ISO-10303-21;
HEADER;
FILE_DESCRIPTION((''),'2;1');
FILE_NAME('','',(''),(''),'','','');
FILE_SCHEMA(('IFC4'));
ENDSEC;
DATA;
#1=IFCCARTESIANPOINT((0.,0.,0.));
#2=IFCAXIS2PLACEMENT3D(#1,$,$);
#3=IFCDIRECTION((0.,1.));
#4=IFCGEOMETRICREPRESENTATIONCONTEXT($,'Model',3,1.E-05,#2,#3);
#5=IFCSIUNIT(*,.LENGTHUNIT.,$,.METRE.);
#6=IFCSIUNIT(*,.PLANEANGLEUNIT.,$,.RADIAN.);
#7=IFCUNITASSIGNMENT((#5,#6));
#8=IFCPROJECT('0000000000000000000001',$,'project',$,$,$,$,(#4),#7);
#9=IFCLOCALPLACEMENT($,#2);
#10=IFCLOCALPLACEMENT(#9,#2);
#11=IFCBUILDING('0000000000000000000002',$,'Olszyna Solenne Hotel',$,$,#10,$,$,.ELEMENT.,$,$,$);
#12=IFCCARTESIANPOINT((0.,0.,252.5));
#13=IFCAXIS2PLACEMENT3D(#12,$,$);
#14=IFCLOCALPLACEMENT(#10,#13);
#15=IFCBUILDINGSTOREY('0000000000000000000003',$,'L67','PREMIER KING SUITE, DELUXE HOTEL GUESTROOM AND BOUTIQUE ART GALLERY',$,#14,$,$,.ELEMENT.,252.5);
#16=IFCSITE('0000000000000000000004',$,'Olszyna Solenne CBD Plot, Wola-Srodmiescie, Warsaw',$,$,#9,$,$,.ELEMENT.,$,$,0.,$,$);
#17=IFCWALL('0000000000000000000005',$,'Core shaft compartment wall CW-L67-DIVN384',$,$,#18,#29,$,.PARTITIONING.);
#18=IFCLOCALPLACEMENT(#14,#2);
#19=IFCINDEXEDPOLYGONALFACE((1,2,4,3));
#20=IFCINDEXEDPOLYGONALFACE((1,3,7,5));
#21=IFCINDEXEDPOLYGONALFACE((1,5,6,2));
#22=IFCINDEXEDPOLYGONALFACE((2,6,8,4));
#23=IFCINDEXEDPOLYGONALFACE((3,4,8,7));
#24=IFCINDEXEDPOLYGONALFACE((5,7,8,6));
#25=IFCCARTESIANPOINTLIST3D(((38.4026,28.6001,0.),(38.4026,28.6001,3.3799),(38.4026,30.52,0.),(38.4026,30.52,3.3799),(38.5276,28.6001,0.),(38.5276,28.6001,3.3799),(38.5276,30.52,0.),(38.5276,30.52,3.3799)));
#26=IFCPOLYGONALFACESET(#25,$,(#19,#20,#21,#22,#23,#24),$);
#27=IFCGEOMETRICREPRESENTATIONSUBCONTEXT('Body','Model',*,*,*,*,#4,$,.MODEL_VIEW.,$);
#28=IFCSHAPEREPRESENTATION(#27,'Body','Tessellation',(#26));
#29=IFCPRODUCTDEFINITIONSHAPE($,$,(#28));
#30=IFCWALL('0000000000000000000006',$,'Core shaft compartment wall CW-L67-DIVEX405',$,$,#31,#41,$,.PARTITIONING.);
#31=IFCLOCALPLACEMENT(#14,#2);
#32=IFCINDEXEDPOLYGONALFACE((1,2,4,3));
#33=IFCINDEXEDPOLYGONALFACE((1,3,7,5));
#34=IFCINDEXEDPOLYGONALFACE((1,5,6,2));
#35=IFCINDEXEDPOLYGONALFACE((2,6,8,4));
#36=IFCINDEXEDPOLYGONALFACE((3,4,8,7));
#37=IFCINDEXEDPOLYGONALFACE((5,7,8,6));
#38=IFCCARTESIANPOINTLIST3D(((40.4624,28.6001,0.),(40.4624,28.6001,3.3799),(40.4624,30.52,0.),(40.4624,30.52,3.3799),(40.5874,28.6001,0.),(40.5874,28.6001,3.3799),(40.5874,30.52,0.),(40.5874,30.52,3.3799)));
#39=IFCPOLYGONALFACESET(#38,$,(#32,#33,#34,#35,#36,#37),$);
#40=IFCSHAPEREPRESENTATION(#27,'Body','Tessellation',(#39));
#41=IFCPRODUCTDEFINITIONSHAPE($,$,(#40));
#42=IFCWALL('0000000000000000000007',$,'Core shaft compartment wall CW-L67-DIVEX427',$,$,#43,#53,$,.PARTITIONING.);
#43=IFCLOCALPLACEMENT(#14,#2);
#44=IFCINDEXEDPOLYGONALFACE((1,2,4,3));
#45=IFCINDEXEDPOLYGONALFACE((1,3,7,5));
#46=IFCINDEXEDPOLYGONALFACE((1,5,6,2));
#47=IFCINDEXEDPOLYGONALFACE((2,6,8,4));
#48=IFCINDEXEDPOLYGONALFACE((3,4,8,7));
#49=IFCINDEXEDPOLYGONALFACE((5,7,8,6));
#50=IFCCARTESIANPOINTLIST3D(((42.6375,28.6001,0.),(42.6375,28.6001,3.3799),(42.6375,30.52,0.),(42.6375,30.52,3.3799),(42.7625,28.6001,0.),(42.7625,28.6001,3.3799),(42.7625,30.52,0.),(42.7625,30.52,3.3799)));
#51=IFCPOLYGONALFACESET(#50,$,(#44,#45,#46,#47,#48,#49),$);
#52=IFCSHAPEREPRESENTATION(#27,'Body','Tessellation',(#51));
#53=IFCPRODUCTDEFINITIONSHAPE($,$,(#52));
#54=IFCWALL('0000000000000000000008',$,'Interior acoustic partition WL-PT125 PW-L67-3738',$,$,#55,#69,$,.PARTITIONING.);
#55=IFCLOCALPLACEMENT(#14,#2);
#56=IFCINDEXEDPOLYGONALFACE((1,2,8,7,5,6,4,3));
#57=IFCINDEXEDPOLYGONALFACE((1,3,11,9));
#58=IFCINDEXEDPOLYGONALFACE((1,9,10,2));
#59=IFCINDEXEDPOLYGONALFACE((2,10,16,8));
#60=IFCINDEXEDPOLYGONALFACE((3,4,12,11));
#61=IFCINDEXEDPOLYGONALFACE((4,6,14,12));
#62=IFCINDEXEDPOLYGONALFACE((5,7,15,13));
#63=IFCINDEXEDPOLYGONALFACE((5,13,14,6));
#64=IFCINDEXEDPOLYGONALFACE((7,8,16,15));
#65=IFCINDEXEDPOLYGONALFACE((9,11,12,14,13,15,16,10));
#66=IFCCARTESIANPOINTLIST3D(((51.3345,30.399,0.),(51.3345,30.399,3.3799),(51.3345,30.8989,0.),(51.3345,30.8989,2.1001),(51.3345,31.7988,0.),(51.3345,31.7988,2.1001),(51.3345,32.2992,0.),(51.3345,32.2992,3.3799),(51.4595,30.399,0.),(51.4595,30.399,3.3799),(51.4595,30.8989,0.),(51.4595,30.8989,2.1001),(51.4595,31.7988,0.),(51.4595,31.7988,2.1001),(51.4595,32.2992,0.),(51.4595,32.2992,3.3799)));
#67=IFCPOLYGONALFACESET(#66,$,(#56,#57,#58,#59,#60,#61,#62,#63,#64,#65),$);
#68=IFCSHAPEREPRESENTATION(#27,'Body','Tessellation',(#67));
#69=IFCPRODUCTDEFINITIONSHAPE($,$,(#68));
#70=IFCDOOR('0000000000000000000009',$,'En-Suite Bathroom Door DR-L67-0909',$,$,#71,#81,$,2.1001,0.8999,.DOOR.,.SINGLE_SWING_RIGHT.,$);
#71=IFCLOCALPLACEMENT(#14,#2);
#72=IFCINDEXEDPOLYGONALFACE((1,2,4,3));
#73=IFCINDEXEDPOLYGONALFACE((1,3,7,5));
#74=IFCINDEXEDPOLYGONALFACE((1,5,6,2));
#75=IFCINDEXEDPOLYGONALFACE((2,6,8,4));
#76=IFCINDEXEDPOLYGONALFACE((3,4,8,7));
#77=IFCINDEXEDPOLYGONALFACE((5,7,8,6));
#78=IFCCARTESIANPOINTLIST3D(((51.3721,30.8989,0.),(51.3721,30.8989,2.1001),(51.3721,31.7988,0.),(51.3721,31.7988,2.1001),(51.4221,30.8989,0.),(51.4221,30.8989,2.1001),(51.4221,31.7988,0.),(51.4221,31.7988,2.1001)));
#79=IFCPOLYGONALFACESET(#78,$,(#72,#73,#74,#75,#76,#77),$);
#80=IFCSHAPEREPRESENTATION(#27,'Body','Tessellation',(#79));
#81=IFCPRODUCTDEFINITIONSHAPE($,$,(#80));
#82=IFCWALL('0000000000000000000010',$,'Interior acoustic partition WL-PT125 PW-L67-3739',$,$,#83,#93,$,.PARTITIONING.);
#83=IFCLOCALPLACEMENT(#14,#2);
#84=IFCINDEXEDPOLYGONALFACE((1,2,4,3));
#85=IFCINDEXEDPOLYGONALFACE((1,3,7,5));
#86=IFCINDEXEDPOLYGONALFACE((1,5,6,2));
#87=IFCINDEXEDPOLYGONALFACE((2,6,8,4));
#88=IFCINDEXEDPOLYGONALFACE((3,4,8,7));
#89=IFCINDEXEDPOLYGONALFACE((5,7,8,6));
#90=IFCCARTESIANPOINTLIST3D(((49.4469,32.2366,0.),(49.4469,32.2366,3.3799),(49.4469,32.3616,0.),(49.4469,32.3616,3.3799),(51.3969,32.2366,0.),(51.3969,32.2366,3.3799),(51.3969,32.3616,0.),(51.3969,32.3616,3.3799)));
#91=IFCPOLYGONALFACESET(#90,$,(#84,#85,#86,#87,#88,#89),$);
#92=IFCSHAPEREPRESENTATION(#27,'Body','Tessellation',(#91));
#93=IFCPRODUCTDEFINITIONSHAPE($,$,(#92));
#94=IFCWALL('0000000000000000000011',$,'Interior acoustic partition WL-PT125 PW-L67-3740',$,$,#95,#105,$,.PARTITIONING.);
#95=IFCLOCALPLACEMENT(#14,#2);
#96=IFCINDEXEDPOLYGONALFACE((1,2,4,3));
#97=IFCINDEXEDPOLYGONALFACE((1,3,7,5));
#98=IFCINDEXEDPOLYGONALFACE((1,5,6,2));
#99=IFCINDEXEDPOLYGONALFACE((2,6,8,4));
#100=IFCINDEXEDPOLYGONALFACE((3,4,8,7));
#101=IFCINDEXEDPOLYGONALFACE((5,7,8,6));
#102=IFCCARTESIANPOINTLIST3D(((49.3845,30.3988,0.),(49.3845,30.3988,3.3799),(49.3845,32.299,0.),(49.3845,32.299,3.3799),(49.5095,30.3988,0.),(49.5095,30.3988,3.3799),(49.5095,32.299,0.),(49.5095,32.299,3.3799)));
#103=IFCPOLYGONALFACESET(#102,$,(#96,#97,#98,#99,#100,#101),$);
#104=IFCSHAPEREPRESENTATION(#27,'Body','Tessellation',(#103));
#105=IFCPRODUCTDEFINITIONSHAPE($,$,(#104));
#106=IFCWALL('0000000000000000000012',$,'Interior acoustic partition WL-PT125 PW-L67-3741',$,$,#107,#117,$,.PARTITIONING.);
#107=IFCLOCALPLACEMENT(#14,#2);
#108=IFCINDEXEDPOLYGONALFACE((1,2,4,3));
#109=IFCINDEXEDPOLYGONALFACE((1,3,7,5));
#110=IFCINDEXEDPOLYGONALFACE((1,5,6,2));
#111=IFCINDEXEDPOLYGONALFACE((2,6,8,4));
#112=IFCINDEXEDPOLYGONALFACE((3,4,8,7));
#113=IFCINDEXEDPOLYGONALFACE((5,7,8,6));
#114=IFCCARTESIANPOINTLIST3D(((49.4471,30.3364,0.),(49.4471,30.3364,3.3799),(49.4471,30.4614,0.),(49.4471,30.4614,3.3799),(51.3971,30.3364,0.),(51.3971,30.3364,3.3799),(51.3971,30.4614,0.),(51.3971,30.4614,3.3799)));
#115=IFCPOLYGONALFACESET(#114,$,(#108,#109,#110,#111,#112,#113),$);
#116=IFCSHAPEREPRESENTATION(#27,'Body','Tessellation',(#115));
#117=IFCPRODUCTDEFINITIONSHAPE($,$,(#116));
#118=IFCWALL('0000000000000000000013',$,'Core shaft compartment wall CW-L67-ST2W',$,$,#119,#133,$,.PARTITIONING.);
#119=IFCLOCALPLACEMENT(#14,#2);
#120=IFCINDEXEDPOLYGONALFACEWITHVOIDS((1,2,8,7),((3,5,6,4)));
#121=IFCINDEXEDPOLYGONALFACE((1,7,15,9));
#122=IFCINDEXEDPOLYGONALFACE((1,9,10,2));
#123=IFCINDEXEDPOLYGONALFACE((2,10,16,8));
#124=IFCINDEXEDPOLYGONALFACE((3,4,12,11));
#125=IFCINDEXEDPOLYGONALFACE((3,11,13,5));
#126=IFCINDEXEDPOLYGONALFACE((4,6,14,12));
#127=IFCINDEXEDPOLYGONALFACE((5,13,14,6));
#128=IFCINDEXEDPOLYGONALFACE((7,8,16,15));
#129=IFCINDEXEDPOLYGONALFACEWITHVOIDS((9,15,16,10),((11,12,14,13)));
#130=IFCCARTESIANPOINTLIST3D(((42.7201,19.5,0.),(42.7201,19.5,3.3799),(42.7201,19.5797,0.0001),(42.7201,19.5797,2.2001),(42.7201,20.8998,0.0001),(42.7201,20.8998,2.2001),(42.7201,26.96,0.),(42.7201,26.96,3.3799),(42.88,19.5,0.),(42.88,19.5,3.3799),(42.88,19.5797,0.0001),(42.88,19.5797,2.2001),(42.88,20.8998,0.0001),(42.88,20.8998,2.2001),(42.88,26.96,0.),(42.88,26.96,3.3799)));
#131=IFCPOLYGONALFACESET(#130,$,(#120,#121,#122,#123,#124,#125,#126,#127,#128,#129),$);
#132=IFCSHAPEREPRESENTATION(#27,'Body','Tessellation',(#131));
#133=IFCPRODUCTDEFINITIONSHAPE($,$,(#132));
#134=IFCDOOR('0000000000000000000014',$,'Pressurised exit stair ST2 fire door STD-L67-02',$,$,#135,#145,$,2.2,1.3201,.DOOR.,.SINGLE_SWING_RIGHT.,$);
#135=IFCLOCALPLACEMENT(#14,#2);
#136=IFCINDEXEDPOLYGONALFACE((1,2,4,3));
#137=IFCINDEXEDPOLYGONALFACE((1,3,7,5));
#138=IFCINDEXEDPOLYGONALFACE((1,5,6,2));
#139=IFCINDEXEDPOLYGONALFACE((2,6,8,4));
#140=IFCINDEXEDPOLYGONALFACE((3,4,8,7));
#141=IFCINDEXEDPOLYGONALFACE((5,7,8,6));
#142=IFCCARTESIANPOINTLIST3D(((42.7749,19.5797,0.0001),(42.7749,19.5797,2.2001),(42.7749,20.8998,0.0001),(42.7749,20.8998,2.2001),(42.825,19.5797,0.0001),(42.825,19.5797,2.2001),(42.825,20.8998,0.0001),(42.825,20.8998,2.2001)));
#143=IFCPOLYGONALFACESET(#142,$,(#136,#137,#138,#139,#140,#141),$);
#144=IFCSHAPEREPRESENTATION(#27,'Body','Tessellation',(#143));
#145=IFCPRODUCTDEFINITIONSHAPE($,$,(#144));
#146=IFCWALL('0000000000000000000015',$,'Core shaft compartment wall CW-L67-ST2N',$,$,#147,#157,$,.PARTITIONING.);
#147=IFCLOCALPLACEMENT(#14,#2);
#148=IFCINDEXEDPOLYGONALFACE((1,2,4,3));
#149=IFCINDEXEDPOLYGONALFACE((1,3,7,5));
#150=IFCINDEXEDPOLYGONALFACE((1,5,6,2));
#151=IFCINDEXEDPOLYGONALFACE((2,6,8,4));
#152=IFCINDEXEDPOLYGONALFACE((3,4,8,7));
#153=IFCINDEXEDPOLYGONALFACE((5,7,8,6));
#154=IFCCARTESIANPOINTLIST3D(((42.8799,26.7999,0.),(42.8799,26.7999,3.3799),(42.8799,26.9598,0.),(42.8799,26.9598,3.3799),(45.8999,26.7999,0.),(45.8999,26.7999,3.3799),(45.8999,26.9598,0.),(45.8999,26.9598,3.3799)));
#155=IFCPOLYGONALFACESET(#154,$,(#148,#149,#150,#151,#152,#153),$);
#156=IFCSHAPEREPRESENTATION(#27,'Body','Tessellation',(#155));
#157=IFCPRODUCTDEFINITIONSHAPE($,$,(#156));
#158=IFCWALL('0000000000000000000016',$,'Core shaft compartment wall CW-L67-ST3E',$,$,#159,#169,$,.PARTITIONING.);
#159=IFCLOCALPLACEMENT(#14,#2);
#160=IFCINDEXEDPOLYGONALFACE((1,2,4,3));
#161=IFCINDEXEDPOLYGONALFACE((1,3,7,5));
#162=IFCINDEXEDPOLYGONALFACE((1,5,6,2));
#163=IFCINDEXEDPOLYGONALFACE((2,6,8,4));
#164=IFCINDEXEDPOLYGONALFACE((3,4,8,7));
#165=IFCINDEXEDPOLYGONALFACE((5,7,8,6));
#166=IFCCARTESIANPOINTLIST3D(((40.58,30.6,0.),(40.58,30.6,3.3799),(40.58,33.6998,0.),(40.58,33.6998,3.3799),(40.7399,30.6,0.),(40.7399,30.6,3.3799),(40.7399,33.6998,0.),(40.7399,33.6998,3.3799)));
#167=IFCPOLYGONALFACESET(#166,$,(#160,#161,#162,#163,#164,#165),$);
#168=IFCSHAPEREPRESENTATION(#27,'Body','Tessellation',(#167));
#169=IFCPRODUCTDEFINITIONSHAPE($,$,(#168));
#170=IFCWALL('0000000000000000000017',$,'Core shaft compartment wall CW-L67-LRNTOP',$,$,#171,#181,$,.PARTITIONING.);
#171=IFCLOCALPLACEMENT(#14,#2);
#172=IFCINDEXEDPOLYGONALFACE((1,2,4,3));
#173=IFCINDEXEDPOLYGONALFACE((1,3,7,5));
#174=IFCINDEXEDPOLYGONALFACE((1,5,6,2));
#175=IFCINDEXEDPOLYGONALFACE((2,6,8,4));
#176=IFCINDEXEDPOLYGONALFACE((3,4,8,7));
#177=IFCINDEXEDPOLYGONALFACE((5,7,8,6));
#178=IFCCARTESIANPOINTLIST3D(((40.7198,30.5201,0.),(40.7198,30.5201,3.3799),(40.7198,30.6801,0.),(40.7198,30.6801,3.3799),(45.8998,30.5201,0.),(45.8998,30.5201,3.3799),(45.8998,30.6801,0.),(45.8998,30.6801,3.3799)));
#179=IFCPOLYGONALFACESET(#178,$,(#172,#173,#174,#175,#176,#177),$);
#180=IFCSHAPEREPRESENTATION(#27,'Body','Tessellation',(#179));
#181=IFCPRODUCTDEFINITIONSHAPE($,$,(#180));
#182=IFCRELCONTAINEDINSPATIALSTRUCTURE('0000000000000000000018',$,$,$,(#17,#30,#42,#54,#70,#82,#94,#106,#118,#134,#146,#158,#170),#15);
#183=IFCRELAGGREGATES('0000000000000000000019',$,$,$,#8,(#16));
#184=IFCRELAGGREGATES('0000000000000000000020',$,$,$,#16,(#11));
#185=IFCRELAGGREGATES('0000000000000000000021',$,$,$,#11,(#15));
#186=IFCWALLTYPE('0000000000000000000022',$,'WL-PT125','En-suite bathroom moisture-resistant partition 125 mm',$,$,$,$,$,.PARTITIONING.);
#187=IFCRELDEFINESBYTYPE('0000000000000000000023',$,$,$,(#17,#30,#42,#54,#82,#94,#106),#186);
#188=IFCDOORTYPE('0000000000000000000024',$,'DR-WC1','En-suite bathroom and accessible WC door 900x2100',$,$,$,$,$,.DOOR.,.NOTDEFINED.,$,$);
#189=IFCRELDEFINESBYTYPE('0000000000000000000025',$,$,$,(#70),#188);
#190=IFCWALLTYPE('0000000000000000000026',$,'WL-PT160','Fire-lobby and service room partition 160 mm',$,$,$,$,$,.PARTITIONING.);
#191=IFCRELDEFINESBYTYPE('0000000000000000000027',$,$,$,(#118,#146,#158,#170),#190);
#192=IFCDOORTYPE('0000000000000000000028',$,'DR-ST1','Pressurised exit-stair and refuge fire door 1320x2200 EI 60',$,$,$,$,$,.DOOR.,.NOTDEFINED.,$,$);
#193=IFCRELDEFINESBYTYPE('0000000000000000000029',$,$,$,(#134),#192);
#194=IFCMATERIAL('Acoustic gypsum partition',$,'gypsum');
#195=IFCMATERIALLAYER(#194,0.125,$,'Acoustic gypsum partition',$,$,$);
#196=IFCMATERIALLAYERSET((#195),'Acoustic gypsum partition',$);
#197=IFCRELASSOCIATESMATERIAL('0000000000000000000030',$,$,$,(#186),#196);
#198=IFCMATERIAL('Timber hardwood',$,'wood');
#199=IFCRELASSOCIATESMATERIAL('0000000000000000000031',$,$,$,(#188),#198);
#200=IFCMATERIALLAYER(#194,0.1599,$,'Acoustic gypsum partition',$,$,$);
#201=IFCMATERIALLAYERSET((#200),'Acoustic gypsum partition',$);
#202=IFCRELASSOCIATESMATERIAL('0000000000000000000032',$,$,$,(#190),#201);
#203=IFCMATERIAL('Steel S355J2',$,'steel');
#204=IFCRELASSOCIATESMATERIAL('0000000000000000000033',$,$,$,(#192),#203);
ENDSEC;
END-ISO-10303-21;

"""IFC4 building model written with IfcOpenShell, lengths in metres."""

from ifc_helpers import new_model, si_unit, direction, frame, frame_2d, origin, place, context, subcontext, project, spatial, rectangle, extrude, source, transform, mapped, material, layer, layer_set, type_object, type_shapes, element, fill, save


model = new_model("IFC4")

# Units and contexts
model_context = context("Model", 3, precision=1e-05, world=origin(), true_north=direction((0.0, 1.0)))
body_context = subcontext(model_context, "Body", "Model", "MODEL_VIEW")
ifc_project = project(units=[si_unit("LENGTHUNIT", "METRE"), si_unit("PLANEANGLEUNIT", "RADIAN")], contexts=[model_context])

# Site, building, storey
site_placement = place(None, origin())
site = spatial("IfcSite", under=ifc_project, at=site_placement, Name="Olszyna Solenne CBD Plot, Wola-Srodmiescie, Warsaw", CompositionType="ELEMENT", RefElevation=0.0)
building_placement = place(site_placement, origin())
building = spatial("IfcBuilding", under=site, at=building_placement, Name="Olszyna Solenne Hotel", CompositionType="ELEMENT")
storey_placement = place(building_placement, frame((0.0, 0.0, 252.5)))
storey = spatial("IfcBuildingStorey", under=building, at=storey_placement, Name="L67", Description="PREMIER KING SUITE, DELUXE HOTEL GUESTROOM AND BOUTIQUE ART GALLERY", CompositionType="ELEMENT", Elevation=252.5)

# Shared definitions
ifc_material_1 = material(Name="Steel S355J2", Category="steel")

# Shared definitions
ifc_material_2 = material(Name="Timber hardwood", Category="wood")

# Walls
ifc_material_3 = material(Name="Acoustic gypsum partition", Category="gypsum")
ifc_layer_1 = layer(ifc_material_3, 0.125, Name="Acoustic gypsum partition")
ifc_layer_set_1 = layer_set([ifc_layer_1], Name="Acoustic gypsum partition")
wall_type_1 = type_object("IfcWallType", Name="WL-PT125", Description="En-suite bathroom moisture-resistant partition 125 mm", PredefinedType="PARTITIONING", material=ifc_layer_set_1)
for number, where, z_axis, x_axis, name in (
    (1, (38.4651, 28.6001, 0.0), (0.0, 0.0, 1.0), (0.0, 1.0, 0.0), "Core shaft compartment wall CW-L67-DIVN384"),
    (2, (40.5249, 28.6001, 0.0), (0.0, 0.0, 1.0), (0.0, 1.0, 0.0), "Core shaft compartment wall CW-L67-DIVEX405"),
    (3, (42.7, 28.6001, 0.0), (0.0, 0.0, 1.0), (0.0, 1.0, 0.0), "Core shaft compartment wall CW-L67-DIVEX427"),
):
    element("IfcWall", number, at=place(storey_placement, frame(where, z_axis=z_axis, x_axis=x_axis)), inside=storey, type_object=wall_type_1, Name=name, PredefinedType="PARTITIONING", context=body_context, shape_type="SweptSolid", body=[
        extrude(rectangle(XDim=1.9199, YDim=0.125, at=frame_2d((0.96, 0.0))), origin(), (0.0, 0.0, 1.0), 3.3799),
    ])

# Wall, opening, door
wall_1_placement = place(storey_placement, frame((51.397, 30.3989, 0.0), z_axis=(0.0, 0.0, 1.0), x_axis=(0.0, 1.0, 0.0)))
wall_1 = element("IfcWall", 4, at=wall_1_placement, inside=storey, type_object=wall_type_1, Name="Interior acoustic partition WL-PT125 PW-L67-3738", PredefinedType="PARTITIONING", context=body_context, shape_type="SweptSolid", body=[
    extrude(rectangle(XDim=1.9001, YDim=0.125, at=frame_2d((0.9502, 0.0))), origin(), (0.0, 0.0, 1.0), 3.3799),
])
opening_1_placement = place(wall_1_placement, frame((0.5, 0.0, 0.0)))
opening_1 = element("IfcOpeningElement", 5, at=opening_1_placement, cuts=wall_1, PredefinedType="OPENING", context=body_context, shape_type="SweptSolid", body=[
    extrude(rectangle(XDim=0.8999, YDim=2.1001, at=frame_2d((0.45, 1.05))), frame((0.0, 0.0725, 0.0), z_axis=(0.0, -1.0, 0.0), x_axis=(1.0, 0.0, 0.0)), (0.0, 0.0, 1.0), 0.145),
])
door_type_1 = type_object("IfcDoorType", Name="DR-WC1", Description="En-suite bathroom and accessible WC door 900x2100", OperationType="NOTDEFINED", PredefinedType="DOOR", material=ifc_material_2)
shared_shape_1 = source(origin(), body_context, "Body", "SweptSolid", [
    extrude(rectangle(XDim=0.8999, YDim=2.1001, at=frame_2d((0.45, 1.05))), frame((0.0, 0.0249, 0.0), z_axis=(0.0, -1.0, 0.0), x_axis=(1.0, 0.0, 0.0)), (0.0, 0.0, 1.0), 0.05),
])
type_shapes(door_type_1, [shared_shape_1])
door_1_placement = place(opening_1_placement, origin())
door_1 = element("IfcDoor", 6, at=door_1_placement, inside=storey, type_object=door_type_1, Name="En-Suite Bathroom Door DR-L67-0909", OperationType="SINGLE_SWING_RIGHT", OverallHeight=2.1001, OverallWidth=0.8999, PredefinedType="DOOR", context=body_context, shape_type="MappedRepresentation", body=[
    mapped(shared_shape_1, transform((0.0, 0.0, 0.0), x_axis=(1.0, 0.0, 0.0), y_axis=(0.0, 1.0, 0.0), z_axis=(0.0, 0.0, 1.0), scale=1.0)),
])
fill(opening_1, door_1)

# Walls
wall_2_placement = place(storey_placement, frame((51.397, 32.2991, 0.0), z_axis=(0.0, 0.0, 1.0), x_axis=(-1.0, 0.0, 0.0)))
element("IfcWall", 7, at=wall_2_placement, inside=storey, type_object=wall_type_1, Name="Interior acoustic partition WL-PT125 PW-L67-3739", PredefinedType="PARTITIONING", context=body_context, shape_type="SweptSolid", body=[
    extrude(rectangle(XDim=1.95, YDim=0.125, at=frame_2d((0.9751, 0.0))), origin(), (0.0, 0.0, 1.0), 3.3799),
])
wall_3_placement = place(storey_placement, frame((49.447, 32.2991, 0.0), z_axis=(0.0, 0.0, 1.0), x_axis=(0.0, -1.0, 0.0)))
element("IfcWall", 8, at=wall_3_placement, inside=storey, type_object=wall_type_1, Name="Interior acoustic partition WL-PT125 PW-L67-3740", PredefinedType="PARTITIONING", context=body_context, shape_type="SweptSolid", body=[
    extrude(rectangle(XDim=1.9001, YDim=0.125, at=frame_2d((0.9502, 0.0))), origin(), (0.0, 0.0, 1.0), 3.3799),
])
wall_4_placement = place(storey_placement, frame((49.447, 30.3989, 0.0), z_axis=(0.0, 0.0, 1.0), x_axis=(1.0, 0.0, 0.0)))
element("IfcWall", 9, at=wall_4_placement, inside=storey, type_object=wall_type_1, Name="Interior acoustic partition WL-PT125 PW-L67-3741", PredefinedType="PARTITIONING", context=body_context, shape_type="SweptSolid", body=[
    extrude(rectangle(XDim=1.95, YDim=0.125, at=frame_2d((0.9751, 0.0))), origin(), (0.0, 0.0, 1.0), 3.3799),
])

# Wall, opening, door
ifc_layer_2 = layer(ifc_material_3, 0.1599, Name="Acoustic gypsum partition")
ifc_layer_set_2 = layer_set([ifc_layer_2], Name="Acoustic gypsum partition")
wall_type_2 = type_object("IfcWallType", Name="WL-PT160", Description="Fire-lobby and service room partition 160 mm", PredefinedType="PARTITIONING", material=ifc_layer_set_2)
wall_5_placement = place(storey_placement, frame((42.8, 26.96, 0.0), z_axis=(0.0, 0.0, 1.0), x_axis=(0.0, -1.0, 0.0)))
wall_5 = element("IfcWall", 10, at=wall_5_placement, inside=storey, type_object=wall_type_2, Name="Core shaft compartment wall CW-L67-ST2W", PredefinedType="PARTITIONING", context=body_context, shape_type="SweptSolid", body=[
    extrude(rectangle(XDim=7.46, YDim=0.1599, at=frame_2d((3.73, 0.0))), origin(), (0.0, 0.0, 1.0), 3.3799),
])
opening_2_placement = place(wall_5_placement, frame((6.0601, 0.0, 0.0)))
opening_2 = element("IfcOpeningElement", 11, at=opening_2_placement, cuts=wall_5, PredefinedType="OPENING", context=body_context, shape_type="SweptSolid", body=[
    extrude(rectangle(XDim=1.3201, YDim=2.2, at=frame_2d((0.6602, 1.1001))), frame((0.0, 0.0898, 0.0), z_axis=(0.0, -1.0, 0.0), x_axis=(1.0, 0.0, 0.0)), (0.0, 0.0, 1.0), 0.1799),
])
door_type_2 = type_object("IfcDoorType", Name="DR-ST1", Description="Pressurised exit-stair and refuge fire door 1320x2200 EI 60", OperationType="NOTDEFINED", PredefinedType="DOOR", material=ifc_material_1)
shared_shape_2 = source(origin(), body_context, "Body", "SweptSolid", [
    extrude(rectangle(XDim=1.3201, YDim=2.2, at=frame_2d((0.6602, 1.1001))), frame((0.0, 0.0249, 0.0), z_axis=(0.0, -1.0, 0.0), x_axis=(1.0, 0.0, 0.0)), (0.0, 0.0, 1.0), 0.05),
])
type_shapes(door_type_2, [shared_shape_2])
door_2_placement = place(opening_2_placement, origin())
door_2 = element("IfcDoor", 12, at=door_2_placement, inside=storey, type_object=door_type_2, Name="Pressurised exit stair ST2 fire door STD-L67-02", OperationType="SINGLE_SWING_RIGHT", OverallHeight=2.2, OverallWidth=1.3201, PredefinedType="DOOR", context=body_context, shape_type="MappedRepresentation", body=[
    mapped(shared_shape_2, transform((0.0, 0.0, 0.0), x_axis=(1.0, 0.0, 0.0), y_axis=(0.0, 1.0, 0.0), z_axis=(0.0, 0.0, 1.0), scale=1.0)),
])
fill(opening_2, door_2)

# Walls
wall_6_placement = place(storey_placement, frame((42.8799, 26.8799, 0.0), z_axis=(0.0, 0.0, 1.0), x_axis=(1.0, 0.0, 0.0)))
element("IfcWall", 13, at=wall_6_placement, inside=storey, type_object=wall_type_2, Name="Core shaft compartment wall CW-L67-ST2N", PredefinedType="PARTITIONING", context=body_context, shape_type="SweptSolid", body=[
    extrude(rectangle(XDim=3.02, YDim=0.1599, at=frame_2d((1.51, 0.0))), origin(), (0.0, 0.0, 1.0), 3.3799),
])
wall_7_placement = place(storey_placement, frame((40.6599, 30.6001, 0.0), z_axis=(0.0, 0.0, 1.0), x_axis=(0.0, 1.0, 0.0)))
element("IfcWall", 14, at=wall_7_placement, inside=storey, type_object=wall_type_2, Name="Core shaft compartment wall CW-L67-ST3E", PredefinedType="PARTITIONING", context=body_context, shape_type="SweptSolid", body=[
    extrude(rectangle(XDim=3.0999, YDim=0.1599, at=frame_2d((1.5498, 0.0))), origin(), (0.0, 0.0, 1.0), 3.3799),
])
wall_8_placement = place(storey_placement, frame((40.72, 30.6001, 0.0), z_axis=(0.0, 0.0, 1.0), x_axis=(1.0, 0.0, 0.0)))
element("IfcWall", 15, at=wall_8_placement, inside=storey, type_object=wall_type_2, Name="Core shaft compartment wall CW-L67-LRNTOP", PredefinedType="PARTITIONING", context=body_context, shape_type="SweptSolid", body=[
    extrude(rectangle(XDim=5.1799, YDim=0.1599, at=frame_2d((2.5898, 0.0))), origin(), (0.0, 0.0, 1.0), 3.3799),
])

save(model, "model.ifc")
